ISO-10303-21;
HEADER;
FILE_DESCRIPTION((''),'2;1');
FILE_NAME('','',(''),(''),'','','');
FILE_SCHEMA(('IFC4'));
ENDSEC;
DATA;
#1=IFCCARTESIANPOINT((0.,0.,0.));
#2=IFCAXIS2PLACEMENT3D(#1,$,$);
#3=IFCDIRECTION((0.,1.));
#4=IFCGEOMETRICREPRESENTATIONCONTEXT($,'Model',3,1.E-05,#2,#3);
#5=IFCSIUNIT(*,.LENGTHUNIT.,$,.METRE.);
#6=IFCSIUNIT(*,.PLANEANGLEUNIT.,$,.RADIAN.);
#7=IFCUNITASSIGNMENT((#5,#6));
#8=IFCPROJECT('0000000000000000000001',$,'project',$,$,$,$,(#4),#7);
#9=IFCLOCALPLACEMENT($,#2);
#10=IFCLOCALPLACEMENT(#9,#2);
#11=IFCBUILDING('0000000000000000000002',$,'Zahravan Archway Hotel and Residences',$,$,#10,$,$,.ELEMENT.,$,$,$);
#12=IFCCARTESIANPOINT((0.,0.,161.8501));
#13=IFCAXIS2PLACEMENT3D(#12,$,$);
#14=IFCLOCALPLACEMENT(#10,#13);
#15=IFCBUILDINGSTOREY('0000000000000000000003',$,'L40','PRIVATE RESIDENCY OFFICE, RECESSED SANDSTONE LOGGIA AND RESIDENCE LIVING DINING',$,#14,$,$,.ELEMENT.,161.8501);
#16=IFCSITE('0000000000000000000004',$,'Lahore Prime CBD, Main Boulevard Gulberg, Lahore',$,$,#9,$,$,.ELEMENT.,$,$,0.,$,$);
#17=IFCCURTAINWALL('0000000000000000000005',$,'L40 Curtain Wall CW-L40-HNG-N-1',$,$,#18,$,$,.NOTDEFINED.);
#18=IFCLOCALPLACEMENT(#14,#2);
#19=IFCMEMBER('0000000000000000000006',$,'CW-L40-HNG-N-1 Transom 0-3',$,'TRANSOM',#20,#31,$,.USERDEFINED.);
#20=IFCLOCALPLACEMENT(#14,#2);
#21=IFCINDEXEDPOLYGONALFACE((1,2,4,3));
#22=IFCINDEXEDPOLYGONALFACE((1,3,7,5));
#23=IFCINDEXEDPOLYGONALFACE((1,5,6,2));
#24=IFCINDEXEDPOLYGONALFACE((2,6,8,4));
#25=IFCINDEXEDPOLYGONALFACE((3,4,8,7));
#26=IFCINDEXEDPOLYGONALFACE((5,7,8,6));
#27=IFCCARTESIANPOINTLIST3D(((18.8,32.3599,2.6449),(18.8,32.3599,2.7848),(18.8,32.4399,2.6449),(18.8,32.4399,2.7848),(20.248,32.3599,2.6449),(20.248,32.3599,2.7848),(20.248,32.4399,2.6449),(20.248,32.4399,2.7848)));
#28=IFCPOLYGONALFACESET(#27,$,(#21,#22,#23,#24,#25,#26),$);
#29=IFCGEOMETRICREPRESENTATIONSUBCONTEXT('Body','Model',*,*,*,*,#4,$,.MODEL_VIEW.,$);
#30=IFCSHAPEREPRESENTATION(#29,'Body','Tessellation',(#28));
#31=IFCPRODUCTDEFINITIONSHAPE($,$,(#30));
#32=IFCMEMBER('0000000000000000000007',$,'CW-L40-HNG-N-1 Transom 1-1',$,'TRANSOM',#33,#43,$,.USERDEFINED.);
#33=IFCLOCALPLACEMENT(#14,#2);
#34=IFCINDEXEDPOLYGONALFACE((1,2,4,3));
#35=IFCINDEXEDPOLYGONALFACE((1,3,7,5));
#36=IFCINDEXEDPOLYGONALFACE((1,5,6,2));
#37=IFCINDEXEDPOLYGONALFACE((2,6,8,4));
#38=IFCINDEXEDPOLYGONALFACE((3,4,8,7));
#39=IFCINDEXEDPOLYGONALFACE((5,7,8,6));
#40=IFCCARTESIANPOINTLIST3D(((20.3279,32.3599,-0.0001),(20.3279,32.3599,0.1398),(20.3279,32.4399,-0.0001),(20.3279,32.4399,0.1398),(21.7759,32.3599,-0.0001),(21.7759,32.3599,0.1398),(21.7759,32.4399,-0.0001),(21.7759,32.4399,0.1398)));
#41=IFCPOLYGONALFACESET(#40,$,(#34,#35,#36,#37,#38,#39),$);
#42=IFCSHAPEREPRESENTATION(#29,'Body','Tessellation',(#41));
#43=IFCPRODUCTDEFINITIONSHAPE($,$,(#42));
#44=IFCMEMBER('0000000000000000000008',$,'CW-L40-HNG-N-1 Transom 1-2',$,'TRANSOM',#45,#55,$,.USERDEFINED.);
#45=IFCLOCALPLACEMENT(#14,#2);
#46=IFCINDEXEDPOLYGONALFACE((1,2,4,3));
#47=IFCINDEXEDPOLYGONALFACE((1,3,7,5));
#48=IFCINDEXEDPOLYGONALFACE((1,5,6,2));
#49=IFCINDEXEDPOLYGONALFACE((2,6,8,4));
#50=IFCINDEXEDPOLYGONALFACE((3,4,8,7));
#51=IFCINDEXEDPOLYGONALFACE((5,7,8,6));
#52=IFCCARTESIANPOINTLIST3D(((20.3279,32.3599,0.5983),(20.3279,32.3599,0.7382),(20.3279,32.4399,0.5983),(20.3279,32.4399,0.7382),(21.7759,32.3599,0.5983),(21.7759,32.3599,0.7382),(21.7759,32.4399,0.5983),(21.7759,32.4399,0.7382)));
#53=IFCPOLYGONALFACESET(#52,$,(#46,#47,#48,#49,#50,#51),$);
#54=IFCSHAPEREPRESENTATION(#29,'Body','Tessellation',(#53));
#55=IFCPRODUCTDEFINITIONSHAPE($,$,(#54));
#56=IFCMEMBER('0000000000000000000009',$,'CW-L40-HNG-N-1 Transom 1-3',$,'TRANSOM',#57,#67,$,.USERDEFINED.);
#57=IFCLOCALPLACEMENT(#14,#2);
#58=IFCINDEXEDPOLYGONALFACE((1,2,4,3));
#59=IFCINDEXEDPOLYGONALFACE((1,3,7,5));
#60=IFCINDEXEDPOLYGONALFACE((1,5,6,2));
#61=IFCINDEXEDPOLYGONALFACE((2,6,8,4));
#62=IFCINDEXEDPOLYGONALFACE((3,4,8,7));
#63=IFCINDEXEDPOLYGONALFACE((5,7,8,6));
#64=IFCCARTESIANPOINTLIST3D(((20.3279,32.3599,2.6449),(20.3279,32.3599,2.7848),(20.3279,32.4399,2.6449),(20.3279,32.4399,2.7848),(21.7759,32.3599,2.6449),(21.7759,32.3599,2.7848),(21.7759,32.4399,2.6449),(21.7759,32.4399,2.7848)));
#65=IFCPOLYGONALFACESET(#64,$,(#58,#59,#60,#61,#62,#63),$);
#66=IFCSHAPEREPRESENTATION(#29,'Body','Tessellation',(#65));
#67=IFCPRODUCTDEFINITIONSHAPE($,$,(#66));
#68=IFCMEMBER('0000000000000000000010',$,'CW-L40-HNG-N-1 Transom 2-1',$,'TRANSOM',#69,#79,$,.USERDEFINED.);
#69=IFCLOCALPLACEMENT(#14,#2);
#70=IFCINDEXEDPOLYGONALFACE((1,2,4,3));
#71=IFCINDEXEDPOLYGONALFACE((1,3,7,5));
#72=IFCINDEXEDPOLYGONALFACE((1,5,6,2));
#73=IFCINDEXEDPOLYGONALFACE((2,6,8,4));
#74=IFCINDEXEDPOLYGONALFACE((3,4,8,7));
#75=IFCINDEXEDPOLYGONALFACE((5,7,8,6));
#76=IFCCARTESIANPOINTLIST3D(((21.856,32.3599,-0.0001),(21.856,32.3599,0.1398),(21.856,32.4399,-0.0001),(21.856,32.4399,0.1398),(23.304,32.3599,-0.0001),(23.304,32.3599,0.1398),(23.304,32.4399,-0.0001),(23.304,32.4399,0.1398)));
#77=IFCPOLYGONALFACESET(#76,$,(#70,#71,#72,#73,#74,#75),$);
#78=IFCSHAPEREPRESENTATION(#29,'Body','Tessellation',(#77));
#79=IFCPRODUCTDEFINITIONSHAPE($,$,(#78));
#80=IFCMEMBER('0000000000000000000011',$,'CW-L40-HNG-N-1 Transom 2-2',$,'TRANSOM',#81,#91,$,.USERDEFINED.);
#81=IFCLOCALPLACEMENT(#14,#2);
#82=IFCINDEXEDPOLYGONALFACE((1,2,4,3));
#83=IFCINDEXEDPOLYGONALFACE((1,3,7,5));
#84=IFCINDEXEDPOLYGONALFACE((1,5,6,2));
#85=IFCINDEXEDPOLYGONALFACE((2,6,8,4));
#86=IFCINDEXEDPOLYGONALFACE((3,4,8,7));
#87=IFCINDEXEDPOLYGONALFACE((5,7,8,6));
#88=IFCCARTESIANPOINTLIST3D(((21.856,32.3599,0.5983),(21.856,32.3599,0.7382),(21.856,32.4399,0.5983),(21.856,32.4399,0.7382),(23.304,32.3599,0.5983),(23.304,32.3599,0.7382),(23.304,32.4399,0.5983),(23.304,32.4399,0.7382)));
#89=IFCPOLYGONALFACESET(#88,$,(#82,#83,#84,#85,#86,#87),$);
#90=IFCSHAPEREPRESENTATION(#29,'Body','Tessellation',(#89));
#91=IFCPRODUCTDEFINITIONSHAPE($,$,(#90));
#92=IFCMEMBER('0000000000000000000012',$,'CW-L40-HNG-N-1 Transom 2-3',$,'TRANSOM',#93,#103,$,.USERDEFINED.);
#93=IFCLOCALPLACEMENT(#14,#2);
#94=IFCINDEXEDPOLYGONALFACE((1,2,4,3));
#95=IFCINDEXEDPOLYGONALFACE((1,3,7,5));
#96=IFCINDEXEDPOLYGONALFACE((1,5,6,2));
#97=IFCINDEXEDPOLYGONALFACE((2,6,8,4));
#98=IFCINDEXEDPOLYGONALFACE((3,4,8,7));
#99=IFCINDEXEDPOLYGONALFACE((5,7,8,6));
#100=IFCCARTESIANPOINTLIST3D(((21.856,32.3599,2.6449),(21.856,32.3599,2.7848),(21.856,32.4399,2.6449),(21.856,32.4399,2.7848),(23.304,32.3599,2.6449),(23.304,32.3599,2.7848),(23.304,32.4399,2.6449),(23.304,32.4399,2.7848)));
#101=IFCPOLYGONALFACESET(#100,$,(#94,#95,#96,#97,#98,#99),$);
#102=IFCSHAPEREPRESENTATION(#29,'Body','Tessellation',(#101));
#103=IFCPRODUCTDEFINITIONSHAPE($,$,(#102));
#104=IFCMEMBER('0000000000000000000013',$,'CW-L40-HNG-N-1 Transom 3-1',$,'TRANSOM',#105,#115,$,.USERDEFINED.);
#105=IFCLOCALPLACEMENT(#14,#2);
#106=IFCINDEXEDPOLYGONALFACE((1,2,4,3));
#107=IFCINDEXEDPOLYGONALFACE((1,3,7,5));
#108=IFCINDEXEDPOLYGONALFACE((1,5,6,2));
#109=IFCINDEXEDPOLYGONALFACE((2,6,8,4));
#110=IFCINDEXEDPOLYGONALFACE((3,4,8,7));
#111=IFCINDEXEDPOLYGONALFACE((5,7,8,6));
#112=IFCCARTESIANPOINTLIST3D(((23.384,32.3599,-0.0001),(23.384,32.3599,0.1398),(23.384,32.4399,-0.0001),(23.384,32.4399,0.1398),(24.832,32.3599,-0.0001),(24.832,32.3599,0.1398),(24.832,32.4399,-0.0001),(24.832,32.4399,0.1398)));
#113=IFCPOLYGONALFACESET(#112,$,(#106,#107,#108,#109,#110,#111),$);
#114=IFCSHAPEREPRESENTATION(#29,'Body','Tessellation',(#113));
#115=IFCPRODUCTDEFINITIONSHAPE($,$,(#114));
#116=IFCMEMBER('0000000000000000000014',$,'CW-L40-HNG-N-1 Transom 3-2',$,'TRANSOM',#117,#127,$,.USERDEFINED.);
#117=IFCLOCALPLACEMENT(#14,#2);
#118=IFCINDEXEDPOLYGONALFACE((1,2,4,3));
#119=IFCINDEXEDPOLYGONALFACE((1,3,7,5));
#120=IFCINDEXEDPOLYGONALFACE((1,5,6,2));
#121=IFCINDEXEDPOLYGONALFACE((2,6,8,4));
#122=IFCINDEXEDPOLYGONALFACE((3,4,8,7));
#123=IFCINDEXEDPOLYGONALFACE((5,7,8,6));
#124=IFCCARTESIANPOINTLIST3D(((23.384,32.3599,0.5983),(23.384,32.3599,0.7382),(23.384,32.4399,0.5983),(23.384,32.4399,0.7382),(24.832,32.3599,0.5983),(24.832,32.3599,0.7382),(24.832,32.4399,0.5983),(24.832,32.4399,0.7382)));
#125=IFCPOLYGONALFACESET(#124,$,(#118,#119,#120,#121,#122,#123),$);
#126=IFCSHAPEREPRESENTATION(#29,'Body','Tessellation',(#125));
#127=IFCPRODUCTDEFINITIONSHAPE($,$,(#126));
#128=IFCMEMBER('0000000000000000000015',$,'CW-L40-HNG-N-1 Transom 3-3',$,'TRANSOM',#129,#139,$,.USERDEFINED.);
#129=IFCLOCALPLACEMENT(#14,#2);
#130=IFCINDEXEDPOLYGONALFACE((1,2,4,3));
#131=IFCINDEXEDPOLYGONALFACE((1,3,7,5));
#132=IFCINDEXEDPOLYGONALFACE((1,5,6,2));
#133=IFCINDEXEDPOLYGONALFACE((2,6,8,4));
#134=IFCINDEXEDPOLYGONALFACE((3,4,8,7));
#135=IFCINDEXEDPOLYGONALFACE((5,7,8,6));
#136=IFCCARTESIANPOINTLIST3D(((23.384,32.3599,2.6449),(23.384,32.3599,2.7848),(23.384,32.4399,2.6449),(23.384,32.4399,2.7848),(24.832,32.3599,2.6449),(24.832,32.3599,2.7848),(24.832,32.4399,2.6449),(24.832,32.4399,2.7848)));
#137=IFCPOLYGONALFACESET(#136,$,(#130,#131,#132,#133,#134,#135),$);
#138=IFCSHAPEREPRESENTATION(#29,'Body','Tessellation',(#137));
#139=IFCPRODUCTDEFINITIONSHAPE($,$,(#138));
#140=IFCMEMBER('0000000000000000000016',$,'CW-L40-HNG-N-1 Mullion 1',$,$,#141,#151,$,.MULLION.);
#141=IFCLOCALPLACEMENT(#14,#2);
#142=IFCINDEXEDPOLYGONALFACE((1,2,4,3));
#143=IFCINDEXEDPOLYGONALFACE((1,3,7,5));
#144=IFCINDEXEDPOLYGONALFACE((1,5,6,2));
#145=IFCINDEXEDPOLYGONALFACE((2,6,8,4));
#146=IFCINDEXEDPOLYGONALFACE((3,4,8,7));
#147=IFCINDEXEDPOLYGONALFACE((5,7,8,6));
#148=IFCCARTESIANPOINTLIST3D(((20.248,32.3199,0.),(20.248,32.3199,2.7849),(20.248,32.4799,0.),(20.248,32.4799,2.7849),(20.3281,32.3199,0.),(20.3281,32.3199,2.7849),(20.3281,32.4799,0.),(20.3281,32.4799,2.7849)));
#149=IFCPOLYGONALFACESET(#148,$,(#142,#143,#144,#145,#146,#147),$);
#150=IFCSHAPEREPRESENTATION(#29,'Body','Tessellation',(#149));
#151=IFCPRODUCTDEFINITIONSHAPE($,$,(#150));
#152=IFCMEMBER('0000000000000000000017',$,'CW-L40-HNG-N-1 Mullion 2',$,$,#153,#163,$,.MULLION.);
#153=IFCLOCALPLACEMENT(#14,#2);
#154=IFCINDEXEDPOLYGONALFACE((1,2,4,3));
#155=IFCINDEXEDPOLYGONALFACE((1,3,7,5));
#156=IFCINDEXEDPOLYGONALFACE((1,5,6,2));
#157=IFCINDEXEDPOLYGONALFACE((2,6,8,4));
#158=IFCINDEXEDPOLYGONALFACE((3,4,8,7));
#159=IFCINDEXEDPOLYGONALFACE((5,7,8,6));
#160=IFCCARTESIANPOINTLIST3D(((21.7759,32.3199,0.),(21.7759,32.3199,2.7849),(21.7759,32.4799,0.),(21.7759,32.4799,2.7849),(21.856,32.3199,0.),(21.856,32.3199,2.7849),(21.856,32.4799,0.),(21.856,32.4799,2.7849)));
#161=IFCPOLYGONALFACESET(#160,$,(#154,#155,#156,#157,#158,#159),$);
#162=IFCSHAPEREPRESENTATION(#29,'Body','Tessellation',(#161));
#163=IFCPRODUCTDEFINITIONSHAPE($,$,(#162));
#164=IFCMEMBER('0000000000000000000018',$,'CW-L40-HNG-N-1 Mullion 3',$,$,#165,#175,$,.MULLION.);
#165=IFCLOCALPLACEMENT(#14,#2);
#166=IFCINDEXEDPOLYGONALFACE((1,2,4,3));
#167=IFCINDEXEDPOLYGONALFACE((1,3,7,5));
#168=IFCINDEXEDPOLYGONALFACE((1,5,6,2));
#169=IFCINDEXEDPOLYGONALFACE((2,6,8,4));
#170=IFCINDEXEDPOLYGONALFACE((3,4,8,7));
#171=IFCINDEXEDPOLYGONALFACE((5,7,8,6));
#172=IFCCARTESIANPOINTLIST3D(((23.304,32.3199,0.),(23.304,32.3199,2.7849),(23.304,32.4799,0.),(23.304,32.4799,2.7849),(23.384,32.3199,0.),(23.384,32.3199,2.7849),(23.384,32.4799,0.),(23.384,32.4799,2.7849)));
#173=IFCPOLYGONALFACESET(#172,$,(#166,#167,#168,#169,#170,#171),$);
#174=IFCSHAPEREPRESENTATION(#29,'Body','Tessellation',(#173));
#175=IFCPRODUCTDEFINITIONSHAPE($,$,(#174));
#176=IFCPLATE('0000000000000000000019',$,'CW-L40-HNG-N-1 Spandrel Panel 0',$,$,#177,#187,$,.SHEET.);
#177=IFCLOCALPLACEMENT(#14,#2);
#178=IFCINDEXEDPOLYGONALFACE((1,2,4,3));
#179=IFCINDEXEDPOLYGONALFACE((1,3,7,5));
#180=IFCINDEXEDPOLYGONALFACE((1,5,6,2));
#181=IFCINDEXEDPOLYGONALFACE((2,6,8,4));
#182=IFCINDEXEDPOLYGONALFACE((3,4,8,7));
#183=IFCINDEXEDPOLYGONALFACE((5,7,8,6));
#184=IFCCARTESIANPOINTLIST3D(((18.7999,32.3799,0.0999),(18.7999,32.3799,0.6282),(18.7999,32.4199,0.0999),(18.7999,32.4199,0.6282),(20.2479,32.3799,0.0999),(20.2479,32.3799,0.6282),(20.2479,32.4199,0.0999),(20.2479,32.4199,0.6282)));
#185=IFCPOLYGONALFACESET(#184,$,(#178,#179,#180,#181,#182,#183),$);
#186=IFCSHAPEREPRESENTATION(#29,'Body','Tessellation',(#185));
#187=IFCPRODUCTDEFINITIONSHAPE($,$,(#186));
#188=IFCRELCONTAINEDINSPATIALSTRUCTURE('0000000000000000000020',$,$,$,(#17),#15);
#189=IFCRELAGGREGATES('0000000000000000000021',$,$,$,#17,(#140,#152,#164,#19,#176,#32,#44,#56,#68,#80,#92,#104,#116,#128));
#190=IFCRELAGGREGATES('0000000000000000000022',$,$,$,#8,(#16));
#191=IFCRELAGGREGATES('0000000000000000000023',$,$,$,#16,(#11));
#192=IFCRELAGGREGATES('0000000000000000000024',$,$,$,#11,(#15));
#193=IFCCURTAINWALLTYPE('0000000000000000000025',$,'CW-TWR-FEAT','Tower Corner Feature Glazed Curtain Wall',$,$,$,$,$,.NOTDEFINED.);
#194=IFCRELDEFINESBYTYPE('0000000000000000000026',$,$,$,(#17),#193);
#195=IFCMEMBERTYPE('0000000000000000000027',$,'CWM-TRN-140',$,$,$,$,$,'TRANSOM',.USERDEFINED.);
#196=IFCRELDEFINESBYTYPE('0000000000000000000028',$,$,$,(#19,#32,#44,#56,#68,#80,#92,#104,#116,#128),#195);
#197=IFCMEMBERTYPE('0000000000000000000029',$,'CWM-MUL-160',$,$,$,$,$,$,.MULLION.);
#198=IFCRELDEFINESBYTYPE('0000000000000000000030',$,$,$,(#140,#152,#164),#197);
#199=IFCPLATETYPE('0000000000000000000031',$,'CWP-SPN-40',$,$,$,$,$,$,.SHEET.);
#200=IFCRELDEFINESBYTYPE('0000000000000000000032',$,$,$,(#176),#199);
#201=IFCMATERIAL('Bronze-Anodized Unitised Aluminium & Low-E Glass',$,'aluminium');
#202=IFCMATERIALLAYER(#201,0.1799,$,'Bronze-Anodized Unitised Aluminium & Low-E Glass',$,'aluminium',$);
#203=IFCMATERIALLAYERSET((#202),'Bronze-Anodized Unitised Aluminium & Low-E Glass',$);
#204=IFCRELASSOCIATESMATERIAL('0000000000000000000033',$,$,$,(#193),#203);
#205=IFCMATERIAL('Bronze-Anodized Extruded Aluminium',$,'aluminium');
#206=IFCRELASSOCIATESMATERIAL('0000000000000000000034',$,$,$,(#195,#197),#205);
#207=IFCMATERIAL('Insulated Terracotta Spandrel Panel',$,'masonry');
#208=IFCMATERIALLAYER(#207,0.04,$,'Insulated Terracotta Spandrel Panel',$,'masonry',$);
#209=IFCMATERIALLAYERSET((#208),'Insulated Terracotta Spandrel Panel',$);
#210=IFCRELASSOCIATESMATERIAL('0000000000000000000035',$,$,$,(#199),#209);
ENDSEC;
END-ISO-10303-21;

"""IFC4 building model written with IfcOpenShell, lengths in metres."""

from ifc_helpers import new_model, si_unit, direction, frame, origin, origin_2d, place, context, subcontext, project, spatial, rectangle, extrude, source, transform, mapped, material, layer, layer_set, material_profile, profile_set, type_object, element, aggregate, save


model = new_model("IFC4")

# Units and contexts
model_context = context("Model", 3, precision=1e-05, world=origin(), true_north=direction((0.0, 1.0)))
body_context = subcontext(model_context, "Body", "Model", "MODEL_VIEW")
ifc_project = project(units=[si_unit("LENGTHUNIT", "METRE"), si_unit("PLANEANGLEUNIT", "RADIAN")], contexts=[model_context])

# Site, building, storey
site_placement = place(None, origin())
site = spatial("IfcSite", under=ifc_project, at=site_placement, Name="Lahore Prime CBD, Main Boulevard Gulberg, Lahore", CompositionType="ELEMENT", RefElevation=0.0)
building_placement = place(site_placement, origin())
building = spatial("IfcBuilding", under=site, at=building_placement, Name="Zahravan Archway Hotel and Residences", CompositionType="ELEMENT")
storey_placement = place(building_placement, frame((0.0, 0.0, 161.8501)))
storey = spatial("IfcBuildingStorey", under=building, at=storey_placement, Name="L40", Description="PRIVATE RESIDENCY OFFICE, RECESSED SANDSTONE LOGGIA AND RESIDENCE LIVING DINING", CompositionType="ELEMENT", Elevation=161.8501)

# Curtain wall, members, plate
ifc_material_1 = material(Name="Bronze-Anodized Unitised Aluminium & Low-E Glass", Category="aluminium")
ifc_layer_1 = layer(ifc_material_1, 0.1799, Name="Bronze-Anodized Unitised Aluminium & Low-E Glass", Category="aluminium")
ifc_layer_set_1 = layer_set([ifc_layer_1], Name="Bronze-Anodized Unitised Aluminium & Low-E Glass")
curtain_wall_type = type_object("IfcCurtainWallType", Name="CW-TWR-FEAT", Description="Tower Corner Feature Glazed Curtain Wall", PredefinedType="NOTDEFINED", material=ifc_layer_set_1)
curtain_wall_placement = place(storey_placement, origin())
curtain_wall = element("IfcCurtainWall", 1, at=curtain_wall_placement, inside=storey, type_object=curtain_wall_type, Name="L40 Curtain Wall CW-L40-HNG-N-1", PredefinedType="NOTDEFINED")
ifc_material_2 = material(Name="Bronze-Anodized Extruded Aluminium", Category="aluminium")
ifc_material_profile_1 = material_profile(ifc_material_2, rectangle(XDim=0.0801, YDim=0.1399, at=origin_2d()), Name="TRN 80x140", Category="aluminium")
ifc_profile_set_1 = profile_set([ifc_material_profile_1], Name="Bronze-Anodized Extruded Aluminium")
member_type_1 = type_object("IfcMemberType", Name="CWM-TRN-140", ElementType="TRANSOM", PredefinedType="USERDEFINED", material=ifc_profile_set_1)
shared_shape_1 = source(origin(), body_context, "Body", "SweptSolid", [
    extrude(rectangle(XDim=0.0801, YDim=0.1399, at=origin_2d()), origin(), (0.0, 0.0, 1.0), 1.448),
])
member_1_placement = place(storey_placement, frame((18.8, 32.3999, 2.7148), z_axis=(1.0, 0.0, 0.0), x_axis=(0.0, 1.0, 0.0)))
member_1 = element("IfcMember", 2, at=member_1_placement, type_object=member_type_1, Name="CW-L40-HNG-N-1 Transom 0-3", ObjectType="TRANSOM", PredefinedType="USERDEFINED", context=body_context, shape_type="MappedRepresentation", body=[
    mapped(shared_shape_1, transform((0.0, 0.0, 0.0), scale=1.0)),
])
member_2_placement = place(storey_placement, frame((20.3279, 32.3999, 0.0698), z_axis=(1.0, 0.0, 0.0), x_axis=(0.0, 1.0, 0.0)))
member_2 = element("IfcMember", 3, at=member_2_placement, type_object=member_type_1, Name="CW-L40-HNG-N-1 Transom 1-1", ObjectType="TRANSOM", PredefinedType="USERDEFINED", context=body_context, shape_type="MappedRepresentation", body=[
    mapped(shared_shape_1, transform((0.0, 0.0, 0.0), scale=1.0)),
])
member_3_placement = place(storey_placement, frame((20.3279, 32.3999, 0.6682), z_axis=(1.0, 0.0, 0.0), x_axis=(0.0, 1.0, 0.0)))
member_3 = element("IfcMember", 4, at=member_3_placement, type_object=member_type_1, Name="CW-L40-HNG-N-1 Transom 1-2", ObjectType="TRANSOM", PredefinedType="USERDEFINED", context=body_context, shape_type="MappedRepresentation", body=[
    mapped(shared_shape_1, transform((0.0, 0.0, 0.0), scale=1.0)),
])
member_4_placement = place(storey_placement, frame((20.3279, 32.3999, 2.7148), z_axis=(1.0, 0.0, 0.0), x_axis=(0.0, 1.0, 0.0)))
member_4 = element("IfcMember", 5, at=member_4_placement, type_object=member_type_1, Name="CW-L40-HNG-N-1 Transom 1-3", ObjectType="TRANSOM", PredefinedType="USERDEFINED", context=body_context, shape_type="MappedRepresentation", body=[
    mapped(shared_shape_1, transform((0.0, 0.0, 0.0), scale=1.0)),
])
member_5_placement = place(storey_placement, frame((21.856, 32.3999, 0.0698), z_axis=(1.0, 0.0, 0.0), x_axis=(0.0, 1.0, 0.0)))
member_5 = element("IfcMember", 6, at=member_5_placement, type_object=member_type_1, Name="CW-L40-HNG-N-1 Transom 2-1", ObjectType="TRANSOM", PredefinedType="USERDEFINED", context=body_context, shape_type="MappedRepresentation", body=[
    mapped(shared_shape_1, transform((0.0, 0.0, 0.0), scale=1.0)),
])
member_6_placement = place(storey_placement, frame((21.856, 32.3999, 0.6682), z_axis=(1.0, 0.0, 0.0), x_axis=(0.0, 1.0, 0.0)))
member_6 = element("IfcMember", 7, at=member_6_placement, type_object=member_type_1, Name="CW-L40-HNG-N-1 Transom 2-2", ObjectType="TRANSOM", PredefinedType="USERDEFINED", context=body_context, shape_type="MappedRepresentation", body=[
    mapped(shared_shape_1, transform((0.0, 0.0, 0.0), scale=1.0)),
])
member_7_placement = place(storey_placement, frame((21.856, 32.3999, 2.7148), z_axis=(1.0, 0.0, 0.0), x_axis=(0.0, 1.0, 0.0)))
member_7 = element("IfcMember", 8, at=member_7_placement, type_object=member_type_1, Name="CW-L40-HNG-N-1 Transom 2-3", ObjectType="TRANSOM", PredefinedType="USERDEFINED", context=body_context, shape_type="MappedRepresentation", body=[
    mapped(shared_shape_1, transform((0.0, 0.0, 0.0), scale=1.0)),
])
member_8_placement = place(storey_placement, frame((23.384, 32.3999, 0.0698), z_axis=(1.0, 0.0, 0.0), x_axis=(0.0, 1.0, 0.0)))
member_8 = element("IfcMember", 9, at=member_8_placement, type_object=member_type_1, Name="CW-L40-HNG-N-1 Transom 3-1", ObjectType="TRANSOM", PredefinedType="USERDEFINED", context=body_context, shape_type="MappedRepresentation", body=[
    mapped(shared_shape_1, transform((0.0, 0.0, 0.0), scale=1.0)),
])
member_9_placement = place(storey_placement, frame((23.384, 32.3999, 0.6682), z_axis=(1.0, 0.0, 0.0), x_axis=(0.0, 1.0, 0.0)))
member_9 = element("IfcMember", 10, at=member_9_placement, type_object=member_type_1, Name="CW-L40-HNG-N-1 Transom 3-2", ObjectType="TRANSOM", PredefinedType="USERDEFINED", context=body_context, shape_type="MappedRepresentation", body=[
    mapped(shared_shape_1, transform((0.0, 0.0, 0.0), scale=1.0)),
])
member_10_placement = place(storey_placement, frame((23.384, 32.3999, 2.7148), z_axis=(1.0, 0.0, 0.0), x_axis=(0.0, 1.0, 0.0)))
member_10 = element("IfcMember", 11, at=member_10_placement, type_object=member_type_1, Name="CW-L40-HNG-N-1 Transom 3-3", ObjectType="TRANSOM", PredefinedType="USERDEFINED", context=body_context, shape_type="MappedRepresentation", body=[
    mapped(shared_shape_1, transform((0.0, 0.0, 0.0), scale=1.0)),
])
ifc_material_profile_2 = material_profile(ifc_material_2, rectangle(XDim=0.0801, YDim=0.1599, at=origin_2d()), Name="MUL 80x160", Category="aluminium")
ifc_profile_set_2 = profile_set([ifc_material_profile_2], Name="Bronze-Anodized Extruded Aluminium")
member_type_2 = type_object("IfcMemberType", Name="CWM-MUL-160", PredefinedType="MULLION", material=ifc_profile_set_2)
shared_shape_2 = source(origin(), body_context, "Body", "SweptSolid", [
    extrude(rectangle(XDim=0.0801, YDim=0.1599, at=origin_2d()), origin(), (0.0, 0.0, 1.0), 2.7849),
])
member_11_placement = place(storey_placement, frame((20.2881, 32.3999, 0.0), z_axis=(0.0, 0.0, 1.0), x_axis=(1.0, 0.0, 0.0)))
member_11 = element("IfcMember", 12, at=member_11_placement, type_object=member_type_2, Name="CW-L40-HNG-N-1 Mullion 1", PredefinedType="MULLION", context=body_context, shape_type="MappedRepresentation", body=[
    mapped(shared_shape_2, transform((0.0, 0.0, 0.0), scale=1.0)),
])
member_12_placement = place(storey_placement, frame((21.8159, 32.3999, 0.0), z_axis=(0.0, 0.0, 1.0), x_axis=(1.0, 0.0, 0.0)))
member_12 = element("IfcMember", 13, at=member_12_placement, type_object=member_type_2, Name="CW-L40-HNG-N-1 Mullion 2", PredefinedType="MULLION", context=body_context, shape_type="MappedRepresentation", body=[
    mapped(shared_shape_2, transform((0.0, 0.0, 0.0), scale=1.0)),
])
member_13_placement = place(storey_placement, frame((23.344, 32.3999, 0.0), z_axis=(0.0, 0.0, 1.0), x_axis=(1.0, 0.0, 0.0)))
member_13 = element("IfcMember", 14, at=member_13_placement, type_object=member_type_2, Name="CW-L40-HNG-N-1 Mullion 3", PredefinedType="MULLION", context=body_context, shape_type="MappedRepresentation", body=[
    mapped(shared_shape_2, transform((0.0, 0.0, 0.0), scale=1.0)),
])
ifc_material_3 = material(Name="Insulated Terracotta Spandrel Panel", Category="masonry")
ifc_layer_2 = layer(ifc_material_3, 0.04, Name="Insulated Terracotta Spandrel Panel", Category="masonry")
ifc_layer_set_2 = layer_set([ifc_layer_2], Name="Insulated Terracotta Spandrel Panel")
plate_type_1 = type_object("IfcPlateType", Name="CWP-SPN-40", PredefinedType="SHEET", material=ifc_layer_set_2)
shared_shape_3 = source(origin(), body_context, "Body", "SweptSolid", [
    extrude(rectangle(XDim=1.448, YDim=0.04, at=origin_2d()), origin(), (0.0, 0.0, 1.0), 0.5283),
])
plate_1_placement = place(storey_placement, frame((19.5239, 32.3999, 0.0999), z_axis=(0.0, 0.0, 1.0), x_axis=(1.0, 0.0, 0.0)))
plate_1 = element("IfcPlate", 15, at=plate_1_placement, type_object=plate_type_1, Name="CW-L40-HNG-N-1 Spandrel Panel 0", PredefinedType="SHEET", context=body_context, shape_type="MappedRepresentation", body=[
    mapped(shared_shape_3, transform((0.0, 0.0, 0.0), scale=1.0)),
])
aggregate(curtain_wall, [member_11, member_12, member_13, member_1, plate_1, member_2, member_3, member_4, member_5, member_6, member_7, member_8, member_9, member_10])

save(model, "model.ifc")
